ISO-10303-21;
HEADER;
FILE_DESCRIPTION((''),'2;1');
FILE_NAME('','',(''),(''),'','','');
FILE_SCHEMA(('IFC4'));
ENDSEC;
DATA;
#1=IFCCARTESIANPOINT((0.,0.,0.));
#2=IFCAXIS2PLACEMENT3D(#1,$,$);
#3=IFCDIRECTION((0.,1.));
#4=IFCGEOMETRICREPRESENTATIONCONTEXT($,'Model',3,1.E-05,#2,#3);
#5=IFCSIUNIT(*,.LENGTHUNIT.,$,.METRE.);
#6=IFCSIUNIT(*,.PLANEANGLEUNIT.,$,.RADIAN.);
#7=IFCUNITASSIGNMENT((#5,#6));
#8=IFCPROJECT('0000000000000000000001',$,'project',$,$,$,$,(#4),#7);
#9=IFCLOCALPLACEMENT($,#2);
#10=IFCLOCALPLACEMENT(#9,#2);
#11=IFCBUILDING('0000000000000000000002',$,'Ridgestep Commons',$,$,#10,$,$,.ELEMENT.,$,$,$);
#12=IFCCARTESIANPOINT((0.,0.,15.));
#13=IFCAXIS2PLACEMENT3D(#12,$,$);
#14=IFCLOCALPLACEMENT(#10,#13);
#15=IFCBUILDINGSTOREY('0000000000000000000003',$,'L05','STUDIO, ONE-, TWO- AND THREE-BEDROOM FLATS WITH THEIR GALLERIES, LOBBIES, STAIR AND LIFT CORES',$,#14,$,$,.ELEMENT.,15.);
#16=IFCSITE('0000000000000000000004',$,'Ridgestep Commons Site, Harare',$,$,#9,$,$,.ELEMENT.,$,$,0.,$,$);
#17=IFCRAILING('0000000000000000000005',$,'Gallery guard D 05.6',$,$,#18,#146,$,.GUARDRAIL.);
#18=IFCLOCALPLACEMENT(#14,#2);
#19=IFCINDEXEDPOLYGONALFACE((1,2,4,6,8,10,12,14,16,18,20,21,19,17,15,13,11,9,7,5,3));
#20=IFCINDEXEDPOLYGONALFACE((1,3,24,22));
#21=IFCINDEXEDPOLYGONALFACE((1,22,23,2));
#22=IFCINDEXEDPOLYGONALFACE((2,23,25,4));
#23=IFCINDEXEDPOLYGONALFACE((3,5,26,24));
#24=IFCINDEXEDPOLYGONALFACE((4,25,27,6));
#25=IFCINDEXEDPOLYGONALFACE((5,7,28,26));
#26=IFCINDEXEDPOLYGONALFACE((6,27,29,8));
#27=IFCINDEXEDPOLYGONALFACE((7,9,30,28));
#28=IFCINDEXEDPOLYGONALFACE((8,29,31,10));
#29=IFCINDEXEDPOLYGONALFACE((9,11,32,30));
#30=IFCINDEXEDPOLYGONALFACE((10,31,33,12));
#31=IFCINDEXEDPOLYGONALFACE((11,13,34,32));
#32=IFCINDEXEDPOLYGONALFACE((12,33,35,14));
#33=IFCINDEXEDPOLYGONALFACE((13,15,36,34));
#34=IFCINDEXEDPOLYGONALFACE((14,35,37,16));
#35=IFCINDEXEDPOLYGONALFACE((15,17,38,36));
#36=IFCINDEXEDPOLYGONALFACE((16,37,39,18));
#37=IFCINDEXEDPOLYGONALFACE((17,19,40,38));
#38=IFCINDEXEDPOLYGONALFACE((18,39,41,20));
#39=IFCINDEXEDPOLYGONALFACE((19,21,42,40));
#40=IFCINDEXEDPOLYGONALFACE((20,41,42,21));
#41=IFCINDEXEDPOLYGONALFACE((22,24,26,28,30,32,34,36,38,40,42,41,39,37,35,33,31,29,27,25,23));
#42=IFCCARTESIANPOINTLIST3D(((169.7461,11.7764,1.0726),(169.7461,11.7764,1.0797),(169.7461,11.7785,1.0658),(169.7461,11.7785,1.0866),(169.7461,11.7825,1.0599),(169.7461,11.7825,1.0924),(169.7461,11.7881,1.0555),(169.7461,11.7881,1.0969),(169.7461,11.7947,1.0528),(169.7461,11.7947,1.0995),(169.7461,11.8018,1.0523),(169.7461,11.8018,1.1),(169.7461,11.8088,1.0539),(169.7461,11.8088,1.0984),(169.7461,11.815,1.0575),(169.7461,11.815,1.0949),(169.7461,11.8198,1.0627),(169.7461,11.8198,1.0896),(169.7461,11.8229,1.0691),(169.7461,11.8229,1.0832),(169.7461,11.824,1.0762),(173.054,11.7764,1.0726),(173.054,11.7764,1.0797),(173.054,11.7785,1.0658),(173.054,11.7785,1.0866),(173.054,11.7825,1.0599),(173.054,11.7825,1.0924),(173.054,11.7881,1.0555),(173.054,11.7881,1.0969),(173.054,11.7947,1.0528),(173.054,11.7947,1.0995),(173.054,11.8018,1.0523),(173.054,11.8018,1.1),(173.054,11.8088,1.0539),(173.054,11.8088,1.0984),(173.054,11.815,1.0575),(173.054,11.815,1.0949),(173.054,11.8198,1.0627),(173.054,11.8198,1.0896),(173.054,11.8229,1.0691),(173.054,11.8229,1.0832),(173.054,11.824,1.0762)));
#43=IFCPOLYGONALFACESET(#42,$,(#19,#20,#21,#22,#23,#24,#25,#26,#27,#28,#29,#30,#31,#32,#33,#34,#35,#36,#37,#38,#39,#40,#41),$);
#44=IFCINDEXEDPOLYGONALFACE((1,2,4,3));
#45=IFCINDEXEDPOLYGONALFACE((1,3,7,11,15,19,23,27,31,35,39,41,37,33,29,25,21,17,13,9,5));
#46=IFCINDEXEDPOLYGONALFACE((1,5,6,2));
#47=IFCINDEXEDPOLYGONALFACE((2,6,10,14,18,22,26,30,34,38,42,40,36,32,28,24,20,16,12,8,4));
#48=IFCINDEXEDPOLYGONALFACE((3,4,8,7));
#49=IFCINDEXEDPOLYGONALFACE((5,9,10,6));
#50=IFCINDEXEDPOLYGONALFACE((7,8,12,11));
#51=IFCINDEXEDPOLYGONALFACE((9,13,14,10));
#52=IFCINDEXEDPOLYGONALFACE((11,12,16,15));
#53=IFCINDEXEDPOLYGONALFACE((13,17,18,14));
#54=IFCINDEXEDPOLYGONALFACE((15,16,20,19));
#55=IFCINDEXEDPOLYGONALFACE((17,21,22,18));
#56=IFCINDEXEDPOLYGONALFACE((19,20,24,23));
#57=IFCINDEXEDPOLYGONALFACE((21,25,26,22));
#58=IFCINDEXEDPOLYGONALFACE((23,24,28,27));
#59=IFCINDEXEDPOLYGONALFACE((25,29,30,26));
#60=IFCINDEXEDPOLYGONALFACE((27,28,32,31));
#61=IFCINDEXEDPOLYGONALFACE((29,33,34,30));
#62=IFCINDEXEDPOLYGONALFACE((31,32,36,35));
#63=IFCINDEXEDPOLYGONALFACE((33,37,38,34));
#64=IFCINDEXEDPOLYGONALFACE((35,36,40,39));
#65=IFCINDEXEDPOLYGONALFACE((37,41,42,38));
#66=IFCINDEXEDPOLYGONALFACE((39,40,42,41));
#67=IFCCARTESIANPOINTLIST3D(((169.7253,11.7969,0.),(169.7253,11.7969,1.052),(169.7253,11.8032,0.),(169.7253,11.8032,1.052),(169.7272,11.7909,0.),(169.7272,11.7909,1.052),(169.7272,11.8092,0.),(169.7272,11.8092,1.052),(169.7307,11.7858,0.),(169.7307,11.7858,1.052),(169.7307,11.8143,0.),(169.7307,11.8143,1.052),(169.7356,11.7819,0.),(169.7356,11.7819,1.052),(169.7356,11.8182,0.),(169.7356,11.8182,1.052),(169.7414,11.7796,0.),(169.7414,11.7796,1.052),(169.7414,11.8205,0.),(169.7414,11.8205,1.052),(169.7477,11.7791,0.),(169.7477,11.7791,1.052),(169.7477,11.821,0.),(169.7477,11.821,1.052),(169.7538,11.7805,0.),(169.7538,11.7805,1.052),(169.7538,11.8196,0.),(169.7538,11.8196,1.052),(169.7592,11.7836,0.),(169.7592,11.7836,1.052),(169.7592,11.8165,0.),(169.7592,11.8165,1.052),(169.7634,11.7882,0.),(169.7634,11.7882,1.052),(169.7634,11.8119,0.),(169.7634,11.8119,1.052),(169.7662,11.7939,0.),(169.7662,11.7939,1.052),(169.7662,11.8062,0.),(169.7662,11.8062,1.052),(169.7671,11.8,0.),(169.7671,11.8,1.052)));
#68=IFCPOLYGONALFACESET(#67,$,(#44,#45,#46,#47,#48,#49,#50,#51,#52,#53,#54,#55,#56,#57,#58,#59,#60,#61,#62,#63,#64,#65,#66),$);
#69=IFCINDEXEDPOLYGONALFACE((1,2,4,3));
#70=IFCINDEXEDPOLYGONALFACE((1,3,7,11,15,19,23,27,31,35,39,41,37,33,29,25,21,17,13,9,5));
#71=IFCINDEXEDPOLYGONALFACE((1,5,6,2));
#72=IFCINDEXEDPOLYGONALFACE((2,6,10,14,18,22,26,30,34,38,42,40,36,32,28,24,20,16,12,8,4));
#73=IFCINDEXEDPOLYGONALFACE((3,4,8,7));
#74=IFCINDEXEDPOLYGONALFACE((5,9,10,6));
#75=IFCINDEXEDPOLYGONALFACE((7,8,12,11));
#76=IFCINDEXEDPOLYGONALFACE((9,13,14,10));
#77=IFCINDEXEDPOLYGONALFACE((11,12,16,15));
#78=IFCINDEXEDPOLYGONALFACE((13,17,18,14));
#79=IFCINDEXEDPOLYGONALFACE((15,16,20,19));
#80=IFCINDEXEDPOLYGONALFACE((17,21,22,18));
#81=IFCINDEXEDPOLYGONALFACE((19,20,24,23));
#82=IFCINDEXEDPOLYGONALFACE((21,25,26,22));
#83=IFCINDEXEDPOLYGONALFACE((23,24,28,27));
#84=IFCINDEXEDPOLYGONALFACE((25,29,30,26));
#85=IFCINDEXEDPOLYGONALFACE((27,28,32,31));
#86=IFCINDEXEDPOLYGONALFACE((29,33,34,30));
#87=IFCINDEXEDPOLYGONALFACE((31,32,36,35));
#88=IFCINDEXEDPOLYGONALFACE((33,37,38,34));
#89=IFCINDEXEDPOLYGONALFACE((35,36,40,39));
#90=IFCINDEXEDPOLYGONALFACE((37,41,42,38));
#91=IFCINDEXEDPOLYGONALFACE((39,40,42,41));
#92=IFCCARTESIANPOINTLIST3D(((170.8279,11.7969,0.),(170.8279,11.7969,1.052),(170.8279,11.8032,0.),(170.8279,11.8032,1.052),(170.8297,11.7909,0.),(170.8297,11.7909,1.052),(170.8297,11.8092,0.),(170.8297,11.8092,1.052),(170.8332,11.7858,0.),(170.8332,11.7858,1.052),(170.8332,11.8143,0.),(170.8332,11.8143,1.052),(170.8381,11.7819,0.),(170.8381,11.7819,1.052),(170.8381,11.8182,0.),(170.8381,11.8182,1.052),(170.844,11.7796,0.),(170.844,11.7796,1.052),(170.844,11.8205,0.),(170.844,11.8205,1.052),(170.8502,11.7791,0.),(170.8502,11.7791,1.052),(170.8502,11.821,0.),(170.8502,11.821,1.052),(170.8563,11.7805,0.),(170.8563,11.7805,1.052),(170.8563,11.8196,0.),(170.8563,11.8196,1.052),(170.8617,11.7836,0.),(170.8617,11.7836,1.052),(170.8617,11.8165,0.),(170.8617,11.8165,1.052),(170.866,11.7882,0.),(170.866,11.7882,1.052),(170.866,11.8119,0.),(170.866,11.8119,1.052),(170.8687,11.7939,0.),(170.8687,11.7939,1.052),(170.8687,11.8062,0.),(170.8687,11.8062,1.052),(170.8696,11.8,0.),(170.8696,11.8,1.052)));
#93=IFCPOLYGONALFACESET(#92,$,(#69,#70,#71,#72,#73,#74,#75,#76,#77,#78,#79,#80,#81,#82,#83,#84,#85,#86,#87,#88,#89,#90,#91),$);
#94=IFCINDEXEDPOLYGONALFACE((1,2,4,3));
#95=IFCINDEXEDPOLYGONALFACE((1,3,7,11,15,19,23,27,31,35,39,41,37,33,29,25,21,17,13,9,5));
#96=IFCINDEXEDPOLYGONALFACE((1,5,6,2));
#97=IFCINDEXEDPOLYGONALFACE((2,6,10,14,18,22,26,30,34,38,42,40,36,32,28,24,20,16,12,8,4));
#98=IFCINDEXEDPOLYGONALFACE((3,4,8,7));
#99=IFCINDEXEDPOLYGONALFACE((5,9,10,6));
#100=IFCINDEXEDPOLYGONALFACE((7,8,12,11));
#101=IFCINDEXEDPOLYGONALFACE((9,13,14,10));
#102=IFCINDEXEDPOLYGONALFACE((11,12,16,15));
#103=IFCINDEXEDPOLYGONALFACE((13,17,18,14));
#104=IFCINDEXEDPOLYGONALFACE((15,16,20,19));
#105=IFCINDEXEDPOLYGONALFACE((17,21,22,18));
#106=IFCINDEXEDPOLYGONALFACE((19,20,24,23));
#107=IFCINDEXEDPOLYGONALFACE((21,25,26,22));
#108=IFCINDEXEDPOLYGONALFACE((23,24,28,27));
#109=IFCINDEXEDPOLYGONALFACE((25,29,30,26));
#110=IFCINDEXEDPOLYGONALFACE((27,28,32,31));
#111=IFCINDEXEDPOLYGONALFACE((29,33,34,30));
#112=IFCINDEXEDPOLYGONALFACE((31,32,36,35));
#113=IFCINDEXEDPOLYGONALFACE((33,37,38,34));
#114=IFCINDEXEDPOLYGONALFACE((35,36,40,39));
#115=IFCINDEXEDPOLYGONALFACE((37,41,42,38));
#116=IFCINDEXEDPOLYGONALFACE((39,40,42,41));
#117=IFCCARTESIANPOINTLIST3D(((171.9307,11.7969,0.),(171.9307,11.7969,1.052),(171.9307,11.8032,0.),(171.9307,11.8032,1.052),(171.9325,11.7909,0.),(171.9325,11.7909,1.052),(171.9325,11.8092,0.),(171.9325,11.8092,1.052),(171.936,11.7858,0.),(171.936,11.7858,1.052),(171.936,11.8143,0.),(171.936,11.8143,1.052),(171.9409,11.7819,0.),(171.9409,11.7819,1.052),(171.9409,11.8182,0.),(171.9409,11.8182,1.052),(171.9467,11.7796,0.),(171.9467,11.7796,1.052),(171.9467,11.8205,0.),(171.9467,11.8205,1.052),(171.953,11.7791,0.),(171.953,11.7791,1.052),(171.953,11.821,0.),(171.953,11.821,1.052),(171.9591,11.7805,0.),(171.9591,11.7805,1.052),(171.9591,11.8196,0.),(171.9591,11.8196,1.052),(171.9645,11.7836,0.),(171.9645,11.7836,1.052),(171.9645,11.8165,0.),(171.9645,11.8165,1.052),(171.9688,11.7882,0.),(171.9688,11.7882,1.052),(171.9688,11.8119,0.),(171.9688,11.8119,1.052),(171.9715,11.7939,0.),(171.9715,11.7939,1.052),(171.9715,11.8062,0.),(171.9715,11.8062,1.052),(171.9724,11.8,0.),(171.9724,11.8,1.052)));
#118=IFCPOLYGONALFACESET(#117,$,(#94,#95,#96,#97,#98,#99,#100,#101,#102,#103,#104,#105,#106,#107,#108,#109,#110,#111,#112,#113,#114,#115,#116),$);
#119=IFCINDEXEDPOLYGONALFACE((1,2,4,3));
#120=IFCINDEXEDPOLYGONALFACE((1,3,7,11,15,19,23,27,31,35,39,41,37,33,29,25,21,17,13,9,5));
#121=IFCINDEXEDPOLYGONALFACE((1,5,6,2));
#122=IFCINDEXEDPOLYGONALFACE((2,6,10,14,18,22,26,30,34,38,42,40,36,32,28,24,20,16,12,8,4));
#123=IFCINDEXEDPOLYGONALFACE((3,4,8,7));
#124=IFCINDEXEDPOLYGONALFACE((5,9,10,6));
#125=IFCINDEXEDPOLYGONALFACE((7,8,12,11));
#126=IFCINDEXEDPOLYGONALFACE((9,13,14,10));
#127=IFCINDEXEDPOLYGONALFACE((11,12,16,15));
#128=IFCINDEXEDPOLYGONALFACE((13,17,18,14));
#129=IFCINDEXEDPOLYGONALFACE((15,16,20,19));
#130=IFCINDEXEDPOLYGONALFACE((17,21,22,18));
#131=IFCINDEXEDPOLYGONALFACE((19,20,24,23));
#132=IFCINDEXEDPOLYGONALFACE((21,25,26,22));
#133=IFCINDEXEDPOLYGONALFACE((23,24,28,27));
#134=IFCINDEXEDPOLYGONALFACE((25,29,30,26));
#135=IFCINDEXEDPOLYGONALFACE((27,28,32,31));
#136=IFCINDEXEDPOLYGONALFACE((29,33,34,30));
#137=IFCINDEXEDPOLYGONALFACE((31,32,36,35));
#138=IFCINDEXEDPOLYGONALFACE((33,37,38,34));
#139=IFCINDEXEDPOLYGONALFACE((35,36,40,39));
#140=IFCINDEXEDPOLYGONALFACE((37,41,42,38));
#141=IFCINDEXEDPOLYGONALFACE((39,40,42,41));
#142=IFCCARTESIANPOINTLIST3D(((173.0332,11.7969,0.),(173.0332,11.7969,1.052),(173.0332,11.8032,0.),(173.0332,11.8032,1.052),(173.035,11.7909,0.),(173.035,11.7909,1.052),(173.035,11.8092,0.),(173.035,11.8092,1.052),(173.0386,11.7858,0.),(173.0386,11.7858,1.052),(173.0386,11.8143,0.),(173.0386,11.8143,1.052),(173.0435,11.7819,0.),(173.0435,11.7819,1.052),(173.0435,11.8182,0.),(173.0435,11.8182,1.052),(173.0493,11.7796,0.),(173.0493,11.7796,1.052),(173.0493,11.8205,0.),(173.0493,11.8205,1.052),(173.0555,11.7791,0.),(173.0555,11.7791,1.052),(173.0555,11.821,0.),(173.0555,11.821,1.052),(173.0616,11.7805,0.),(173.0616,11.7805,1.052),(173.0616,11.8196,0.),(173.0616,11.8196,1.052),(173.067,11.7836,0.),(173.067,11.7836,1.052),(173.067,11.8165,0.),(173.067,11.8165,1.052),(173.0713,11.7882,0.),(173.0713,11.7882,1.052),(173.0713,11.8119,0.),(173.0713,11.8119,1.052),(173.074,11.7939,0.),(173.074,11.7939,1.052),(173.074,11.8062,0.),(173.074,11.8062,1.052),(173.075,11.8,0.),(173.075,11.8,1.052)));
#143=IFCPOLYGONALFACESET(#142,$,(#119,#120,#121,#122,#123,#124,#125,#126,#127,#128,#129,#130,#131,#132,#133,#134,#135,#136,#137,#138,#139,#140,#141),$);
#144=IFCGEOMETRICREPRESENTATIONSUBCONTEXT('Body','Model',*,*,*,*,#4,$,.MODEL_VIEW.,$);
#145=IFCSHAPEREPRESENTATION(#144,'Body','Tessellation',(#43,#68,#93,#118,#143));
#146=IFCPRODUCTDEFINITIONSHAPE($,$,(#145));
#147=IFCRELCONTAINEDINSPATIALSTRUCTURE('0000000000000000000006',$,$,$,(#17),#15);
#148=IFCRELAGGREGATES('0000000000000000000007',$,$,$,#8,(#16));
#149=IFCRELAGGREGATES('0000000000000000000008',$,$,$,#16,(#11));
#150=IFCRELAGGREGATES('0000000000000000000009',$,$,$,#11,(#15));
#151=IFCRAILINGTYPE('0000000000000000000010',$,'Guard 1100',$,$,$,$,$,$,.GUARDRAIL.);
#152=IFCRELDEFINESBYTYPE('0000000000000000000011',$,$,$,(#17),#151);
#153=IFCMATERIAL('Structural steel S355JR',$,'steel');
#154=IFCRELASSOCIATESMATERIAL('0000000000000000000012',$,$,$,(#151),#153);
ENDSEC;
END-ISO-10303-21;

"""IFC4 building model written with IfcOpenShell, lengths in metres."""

from ifc_helpers import new_model, si_unit, direction, frame, origin, origin_2d, place, context, subcontext, project, spatial, circle, extrude, material, type_object, element, save


model = new_model("IFC4")

# Units and contexts
model_context = context("Model", 3, precision=1e-05, world=origin(), true_north=direction((0.0, 1.0)))
body_context = subcontext(model_context, "Body", "Model", "MODEL_VIEW")
ifc_project = project(units=[si_unit("LENGTHUNIT", "METRE"), si_unit("PLANEANGLEUNIT", "RADIAN")], contexts=[model_context])

# Site, building, storey
site_placement = place(None, origin())
site = spatial("IfcSite", under=ifc_project, at=site_placement, Name="Ridgestep Commons Site, Harare", CompositionType="ELEMENT", RefElevation=0.0)
building_placement = place(site_placement, origin())
building = spatial("IfcBuilding", under=site, at=building_placement, Name="Ridgestep Commons", CompositionType="ELEMENT")
storey_placement = place(building_placement, frame((0.0, 0.0, 15.0)))
storey = spatial("IfcBuildingStorey", under=building, at=storey_placement, Name="L05", Description="STUDIO, ONE-, TWO- AND THREE-BEDROOM FLATS WITH THEIR GALLERIES, LOBBIES, STAIR AND LIFT CORES", CompositionType="ELEMENT", Elevation=15.0)

# Railing
ifc_material_1 = material(Name="Structural steel S355JR", Category="steel")
railing_type = type_object("IfcRailingType", Name="Guard 1100", PredefinedType="GUARDRAIL", material=ifc_material_1)
railing_1_placement = place(storey_placement, frame((169.7461, 11.8, 0.0)))
element("IfcRailing", 1, at=railing_1_placement, inside=storey, type_object=railing_type, Name="Gallery guard D 05.6", PredefinedType="GUARDRAIL", context=body_context, shape_type="SweptSolid", body=[
    extrude(circle(Radius=0.0239, at=origin_2d()), frame((0.0, 0.0, 1.0762), z_axis=(1.0, 0.0, 0.0), x_axis=(0.0, 1.0, 0.0)), (0.0, 0.0, 1.0), 3.3079),
    extrude(circle(Radius=0.021, at=origin_2d()), origin(), (0.0, 0.0, 1.0), 1.052),
    extrude(circle(Radius=0.021, at=origin_2d()), frame((1.1025, 0.0, 0.0)), (0.0, 0.0, 1.0), 1.052),
    extrude(circle(Radius=0.021, at=origin_2d()), frame((2.2053, 0.0, 0.0)), (0.0, 0.0, 1.0), 1.052),
    extrude(circle(Radius=0.021, at=origin_2d()), frame((3.3079, 0.0, 0.0)), (0.0, 0.0, 1.0), 1.052),
])

save(model, "model.ifc")
